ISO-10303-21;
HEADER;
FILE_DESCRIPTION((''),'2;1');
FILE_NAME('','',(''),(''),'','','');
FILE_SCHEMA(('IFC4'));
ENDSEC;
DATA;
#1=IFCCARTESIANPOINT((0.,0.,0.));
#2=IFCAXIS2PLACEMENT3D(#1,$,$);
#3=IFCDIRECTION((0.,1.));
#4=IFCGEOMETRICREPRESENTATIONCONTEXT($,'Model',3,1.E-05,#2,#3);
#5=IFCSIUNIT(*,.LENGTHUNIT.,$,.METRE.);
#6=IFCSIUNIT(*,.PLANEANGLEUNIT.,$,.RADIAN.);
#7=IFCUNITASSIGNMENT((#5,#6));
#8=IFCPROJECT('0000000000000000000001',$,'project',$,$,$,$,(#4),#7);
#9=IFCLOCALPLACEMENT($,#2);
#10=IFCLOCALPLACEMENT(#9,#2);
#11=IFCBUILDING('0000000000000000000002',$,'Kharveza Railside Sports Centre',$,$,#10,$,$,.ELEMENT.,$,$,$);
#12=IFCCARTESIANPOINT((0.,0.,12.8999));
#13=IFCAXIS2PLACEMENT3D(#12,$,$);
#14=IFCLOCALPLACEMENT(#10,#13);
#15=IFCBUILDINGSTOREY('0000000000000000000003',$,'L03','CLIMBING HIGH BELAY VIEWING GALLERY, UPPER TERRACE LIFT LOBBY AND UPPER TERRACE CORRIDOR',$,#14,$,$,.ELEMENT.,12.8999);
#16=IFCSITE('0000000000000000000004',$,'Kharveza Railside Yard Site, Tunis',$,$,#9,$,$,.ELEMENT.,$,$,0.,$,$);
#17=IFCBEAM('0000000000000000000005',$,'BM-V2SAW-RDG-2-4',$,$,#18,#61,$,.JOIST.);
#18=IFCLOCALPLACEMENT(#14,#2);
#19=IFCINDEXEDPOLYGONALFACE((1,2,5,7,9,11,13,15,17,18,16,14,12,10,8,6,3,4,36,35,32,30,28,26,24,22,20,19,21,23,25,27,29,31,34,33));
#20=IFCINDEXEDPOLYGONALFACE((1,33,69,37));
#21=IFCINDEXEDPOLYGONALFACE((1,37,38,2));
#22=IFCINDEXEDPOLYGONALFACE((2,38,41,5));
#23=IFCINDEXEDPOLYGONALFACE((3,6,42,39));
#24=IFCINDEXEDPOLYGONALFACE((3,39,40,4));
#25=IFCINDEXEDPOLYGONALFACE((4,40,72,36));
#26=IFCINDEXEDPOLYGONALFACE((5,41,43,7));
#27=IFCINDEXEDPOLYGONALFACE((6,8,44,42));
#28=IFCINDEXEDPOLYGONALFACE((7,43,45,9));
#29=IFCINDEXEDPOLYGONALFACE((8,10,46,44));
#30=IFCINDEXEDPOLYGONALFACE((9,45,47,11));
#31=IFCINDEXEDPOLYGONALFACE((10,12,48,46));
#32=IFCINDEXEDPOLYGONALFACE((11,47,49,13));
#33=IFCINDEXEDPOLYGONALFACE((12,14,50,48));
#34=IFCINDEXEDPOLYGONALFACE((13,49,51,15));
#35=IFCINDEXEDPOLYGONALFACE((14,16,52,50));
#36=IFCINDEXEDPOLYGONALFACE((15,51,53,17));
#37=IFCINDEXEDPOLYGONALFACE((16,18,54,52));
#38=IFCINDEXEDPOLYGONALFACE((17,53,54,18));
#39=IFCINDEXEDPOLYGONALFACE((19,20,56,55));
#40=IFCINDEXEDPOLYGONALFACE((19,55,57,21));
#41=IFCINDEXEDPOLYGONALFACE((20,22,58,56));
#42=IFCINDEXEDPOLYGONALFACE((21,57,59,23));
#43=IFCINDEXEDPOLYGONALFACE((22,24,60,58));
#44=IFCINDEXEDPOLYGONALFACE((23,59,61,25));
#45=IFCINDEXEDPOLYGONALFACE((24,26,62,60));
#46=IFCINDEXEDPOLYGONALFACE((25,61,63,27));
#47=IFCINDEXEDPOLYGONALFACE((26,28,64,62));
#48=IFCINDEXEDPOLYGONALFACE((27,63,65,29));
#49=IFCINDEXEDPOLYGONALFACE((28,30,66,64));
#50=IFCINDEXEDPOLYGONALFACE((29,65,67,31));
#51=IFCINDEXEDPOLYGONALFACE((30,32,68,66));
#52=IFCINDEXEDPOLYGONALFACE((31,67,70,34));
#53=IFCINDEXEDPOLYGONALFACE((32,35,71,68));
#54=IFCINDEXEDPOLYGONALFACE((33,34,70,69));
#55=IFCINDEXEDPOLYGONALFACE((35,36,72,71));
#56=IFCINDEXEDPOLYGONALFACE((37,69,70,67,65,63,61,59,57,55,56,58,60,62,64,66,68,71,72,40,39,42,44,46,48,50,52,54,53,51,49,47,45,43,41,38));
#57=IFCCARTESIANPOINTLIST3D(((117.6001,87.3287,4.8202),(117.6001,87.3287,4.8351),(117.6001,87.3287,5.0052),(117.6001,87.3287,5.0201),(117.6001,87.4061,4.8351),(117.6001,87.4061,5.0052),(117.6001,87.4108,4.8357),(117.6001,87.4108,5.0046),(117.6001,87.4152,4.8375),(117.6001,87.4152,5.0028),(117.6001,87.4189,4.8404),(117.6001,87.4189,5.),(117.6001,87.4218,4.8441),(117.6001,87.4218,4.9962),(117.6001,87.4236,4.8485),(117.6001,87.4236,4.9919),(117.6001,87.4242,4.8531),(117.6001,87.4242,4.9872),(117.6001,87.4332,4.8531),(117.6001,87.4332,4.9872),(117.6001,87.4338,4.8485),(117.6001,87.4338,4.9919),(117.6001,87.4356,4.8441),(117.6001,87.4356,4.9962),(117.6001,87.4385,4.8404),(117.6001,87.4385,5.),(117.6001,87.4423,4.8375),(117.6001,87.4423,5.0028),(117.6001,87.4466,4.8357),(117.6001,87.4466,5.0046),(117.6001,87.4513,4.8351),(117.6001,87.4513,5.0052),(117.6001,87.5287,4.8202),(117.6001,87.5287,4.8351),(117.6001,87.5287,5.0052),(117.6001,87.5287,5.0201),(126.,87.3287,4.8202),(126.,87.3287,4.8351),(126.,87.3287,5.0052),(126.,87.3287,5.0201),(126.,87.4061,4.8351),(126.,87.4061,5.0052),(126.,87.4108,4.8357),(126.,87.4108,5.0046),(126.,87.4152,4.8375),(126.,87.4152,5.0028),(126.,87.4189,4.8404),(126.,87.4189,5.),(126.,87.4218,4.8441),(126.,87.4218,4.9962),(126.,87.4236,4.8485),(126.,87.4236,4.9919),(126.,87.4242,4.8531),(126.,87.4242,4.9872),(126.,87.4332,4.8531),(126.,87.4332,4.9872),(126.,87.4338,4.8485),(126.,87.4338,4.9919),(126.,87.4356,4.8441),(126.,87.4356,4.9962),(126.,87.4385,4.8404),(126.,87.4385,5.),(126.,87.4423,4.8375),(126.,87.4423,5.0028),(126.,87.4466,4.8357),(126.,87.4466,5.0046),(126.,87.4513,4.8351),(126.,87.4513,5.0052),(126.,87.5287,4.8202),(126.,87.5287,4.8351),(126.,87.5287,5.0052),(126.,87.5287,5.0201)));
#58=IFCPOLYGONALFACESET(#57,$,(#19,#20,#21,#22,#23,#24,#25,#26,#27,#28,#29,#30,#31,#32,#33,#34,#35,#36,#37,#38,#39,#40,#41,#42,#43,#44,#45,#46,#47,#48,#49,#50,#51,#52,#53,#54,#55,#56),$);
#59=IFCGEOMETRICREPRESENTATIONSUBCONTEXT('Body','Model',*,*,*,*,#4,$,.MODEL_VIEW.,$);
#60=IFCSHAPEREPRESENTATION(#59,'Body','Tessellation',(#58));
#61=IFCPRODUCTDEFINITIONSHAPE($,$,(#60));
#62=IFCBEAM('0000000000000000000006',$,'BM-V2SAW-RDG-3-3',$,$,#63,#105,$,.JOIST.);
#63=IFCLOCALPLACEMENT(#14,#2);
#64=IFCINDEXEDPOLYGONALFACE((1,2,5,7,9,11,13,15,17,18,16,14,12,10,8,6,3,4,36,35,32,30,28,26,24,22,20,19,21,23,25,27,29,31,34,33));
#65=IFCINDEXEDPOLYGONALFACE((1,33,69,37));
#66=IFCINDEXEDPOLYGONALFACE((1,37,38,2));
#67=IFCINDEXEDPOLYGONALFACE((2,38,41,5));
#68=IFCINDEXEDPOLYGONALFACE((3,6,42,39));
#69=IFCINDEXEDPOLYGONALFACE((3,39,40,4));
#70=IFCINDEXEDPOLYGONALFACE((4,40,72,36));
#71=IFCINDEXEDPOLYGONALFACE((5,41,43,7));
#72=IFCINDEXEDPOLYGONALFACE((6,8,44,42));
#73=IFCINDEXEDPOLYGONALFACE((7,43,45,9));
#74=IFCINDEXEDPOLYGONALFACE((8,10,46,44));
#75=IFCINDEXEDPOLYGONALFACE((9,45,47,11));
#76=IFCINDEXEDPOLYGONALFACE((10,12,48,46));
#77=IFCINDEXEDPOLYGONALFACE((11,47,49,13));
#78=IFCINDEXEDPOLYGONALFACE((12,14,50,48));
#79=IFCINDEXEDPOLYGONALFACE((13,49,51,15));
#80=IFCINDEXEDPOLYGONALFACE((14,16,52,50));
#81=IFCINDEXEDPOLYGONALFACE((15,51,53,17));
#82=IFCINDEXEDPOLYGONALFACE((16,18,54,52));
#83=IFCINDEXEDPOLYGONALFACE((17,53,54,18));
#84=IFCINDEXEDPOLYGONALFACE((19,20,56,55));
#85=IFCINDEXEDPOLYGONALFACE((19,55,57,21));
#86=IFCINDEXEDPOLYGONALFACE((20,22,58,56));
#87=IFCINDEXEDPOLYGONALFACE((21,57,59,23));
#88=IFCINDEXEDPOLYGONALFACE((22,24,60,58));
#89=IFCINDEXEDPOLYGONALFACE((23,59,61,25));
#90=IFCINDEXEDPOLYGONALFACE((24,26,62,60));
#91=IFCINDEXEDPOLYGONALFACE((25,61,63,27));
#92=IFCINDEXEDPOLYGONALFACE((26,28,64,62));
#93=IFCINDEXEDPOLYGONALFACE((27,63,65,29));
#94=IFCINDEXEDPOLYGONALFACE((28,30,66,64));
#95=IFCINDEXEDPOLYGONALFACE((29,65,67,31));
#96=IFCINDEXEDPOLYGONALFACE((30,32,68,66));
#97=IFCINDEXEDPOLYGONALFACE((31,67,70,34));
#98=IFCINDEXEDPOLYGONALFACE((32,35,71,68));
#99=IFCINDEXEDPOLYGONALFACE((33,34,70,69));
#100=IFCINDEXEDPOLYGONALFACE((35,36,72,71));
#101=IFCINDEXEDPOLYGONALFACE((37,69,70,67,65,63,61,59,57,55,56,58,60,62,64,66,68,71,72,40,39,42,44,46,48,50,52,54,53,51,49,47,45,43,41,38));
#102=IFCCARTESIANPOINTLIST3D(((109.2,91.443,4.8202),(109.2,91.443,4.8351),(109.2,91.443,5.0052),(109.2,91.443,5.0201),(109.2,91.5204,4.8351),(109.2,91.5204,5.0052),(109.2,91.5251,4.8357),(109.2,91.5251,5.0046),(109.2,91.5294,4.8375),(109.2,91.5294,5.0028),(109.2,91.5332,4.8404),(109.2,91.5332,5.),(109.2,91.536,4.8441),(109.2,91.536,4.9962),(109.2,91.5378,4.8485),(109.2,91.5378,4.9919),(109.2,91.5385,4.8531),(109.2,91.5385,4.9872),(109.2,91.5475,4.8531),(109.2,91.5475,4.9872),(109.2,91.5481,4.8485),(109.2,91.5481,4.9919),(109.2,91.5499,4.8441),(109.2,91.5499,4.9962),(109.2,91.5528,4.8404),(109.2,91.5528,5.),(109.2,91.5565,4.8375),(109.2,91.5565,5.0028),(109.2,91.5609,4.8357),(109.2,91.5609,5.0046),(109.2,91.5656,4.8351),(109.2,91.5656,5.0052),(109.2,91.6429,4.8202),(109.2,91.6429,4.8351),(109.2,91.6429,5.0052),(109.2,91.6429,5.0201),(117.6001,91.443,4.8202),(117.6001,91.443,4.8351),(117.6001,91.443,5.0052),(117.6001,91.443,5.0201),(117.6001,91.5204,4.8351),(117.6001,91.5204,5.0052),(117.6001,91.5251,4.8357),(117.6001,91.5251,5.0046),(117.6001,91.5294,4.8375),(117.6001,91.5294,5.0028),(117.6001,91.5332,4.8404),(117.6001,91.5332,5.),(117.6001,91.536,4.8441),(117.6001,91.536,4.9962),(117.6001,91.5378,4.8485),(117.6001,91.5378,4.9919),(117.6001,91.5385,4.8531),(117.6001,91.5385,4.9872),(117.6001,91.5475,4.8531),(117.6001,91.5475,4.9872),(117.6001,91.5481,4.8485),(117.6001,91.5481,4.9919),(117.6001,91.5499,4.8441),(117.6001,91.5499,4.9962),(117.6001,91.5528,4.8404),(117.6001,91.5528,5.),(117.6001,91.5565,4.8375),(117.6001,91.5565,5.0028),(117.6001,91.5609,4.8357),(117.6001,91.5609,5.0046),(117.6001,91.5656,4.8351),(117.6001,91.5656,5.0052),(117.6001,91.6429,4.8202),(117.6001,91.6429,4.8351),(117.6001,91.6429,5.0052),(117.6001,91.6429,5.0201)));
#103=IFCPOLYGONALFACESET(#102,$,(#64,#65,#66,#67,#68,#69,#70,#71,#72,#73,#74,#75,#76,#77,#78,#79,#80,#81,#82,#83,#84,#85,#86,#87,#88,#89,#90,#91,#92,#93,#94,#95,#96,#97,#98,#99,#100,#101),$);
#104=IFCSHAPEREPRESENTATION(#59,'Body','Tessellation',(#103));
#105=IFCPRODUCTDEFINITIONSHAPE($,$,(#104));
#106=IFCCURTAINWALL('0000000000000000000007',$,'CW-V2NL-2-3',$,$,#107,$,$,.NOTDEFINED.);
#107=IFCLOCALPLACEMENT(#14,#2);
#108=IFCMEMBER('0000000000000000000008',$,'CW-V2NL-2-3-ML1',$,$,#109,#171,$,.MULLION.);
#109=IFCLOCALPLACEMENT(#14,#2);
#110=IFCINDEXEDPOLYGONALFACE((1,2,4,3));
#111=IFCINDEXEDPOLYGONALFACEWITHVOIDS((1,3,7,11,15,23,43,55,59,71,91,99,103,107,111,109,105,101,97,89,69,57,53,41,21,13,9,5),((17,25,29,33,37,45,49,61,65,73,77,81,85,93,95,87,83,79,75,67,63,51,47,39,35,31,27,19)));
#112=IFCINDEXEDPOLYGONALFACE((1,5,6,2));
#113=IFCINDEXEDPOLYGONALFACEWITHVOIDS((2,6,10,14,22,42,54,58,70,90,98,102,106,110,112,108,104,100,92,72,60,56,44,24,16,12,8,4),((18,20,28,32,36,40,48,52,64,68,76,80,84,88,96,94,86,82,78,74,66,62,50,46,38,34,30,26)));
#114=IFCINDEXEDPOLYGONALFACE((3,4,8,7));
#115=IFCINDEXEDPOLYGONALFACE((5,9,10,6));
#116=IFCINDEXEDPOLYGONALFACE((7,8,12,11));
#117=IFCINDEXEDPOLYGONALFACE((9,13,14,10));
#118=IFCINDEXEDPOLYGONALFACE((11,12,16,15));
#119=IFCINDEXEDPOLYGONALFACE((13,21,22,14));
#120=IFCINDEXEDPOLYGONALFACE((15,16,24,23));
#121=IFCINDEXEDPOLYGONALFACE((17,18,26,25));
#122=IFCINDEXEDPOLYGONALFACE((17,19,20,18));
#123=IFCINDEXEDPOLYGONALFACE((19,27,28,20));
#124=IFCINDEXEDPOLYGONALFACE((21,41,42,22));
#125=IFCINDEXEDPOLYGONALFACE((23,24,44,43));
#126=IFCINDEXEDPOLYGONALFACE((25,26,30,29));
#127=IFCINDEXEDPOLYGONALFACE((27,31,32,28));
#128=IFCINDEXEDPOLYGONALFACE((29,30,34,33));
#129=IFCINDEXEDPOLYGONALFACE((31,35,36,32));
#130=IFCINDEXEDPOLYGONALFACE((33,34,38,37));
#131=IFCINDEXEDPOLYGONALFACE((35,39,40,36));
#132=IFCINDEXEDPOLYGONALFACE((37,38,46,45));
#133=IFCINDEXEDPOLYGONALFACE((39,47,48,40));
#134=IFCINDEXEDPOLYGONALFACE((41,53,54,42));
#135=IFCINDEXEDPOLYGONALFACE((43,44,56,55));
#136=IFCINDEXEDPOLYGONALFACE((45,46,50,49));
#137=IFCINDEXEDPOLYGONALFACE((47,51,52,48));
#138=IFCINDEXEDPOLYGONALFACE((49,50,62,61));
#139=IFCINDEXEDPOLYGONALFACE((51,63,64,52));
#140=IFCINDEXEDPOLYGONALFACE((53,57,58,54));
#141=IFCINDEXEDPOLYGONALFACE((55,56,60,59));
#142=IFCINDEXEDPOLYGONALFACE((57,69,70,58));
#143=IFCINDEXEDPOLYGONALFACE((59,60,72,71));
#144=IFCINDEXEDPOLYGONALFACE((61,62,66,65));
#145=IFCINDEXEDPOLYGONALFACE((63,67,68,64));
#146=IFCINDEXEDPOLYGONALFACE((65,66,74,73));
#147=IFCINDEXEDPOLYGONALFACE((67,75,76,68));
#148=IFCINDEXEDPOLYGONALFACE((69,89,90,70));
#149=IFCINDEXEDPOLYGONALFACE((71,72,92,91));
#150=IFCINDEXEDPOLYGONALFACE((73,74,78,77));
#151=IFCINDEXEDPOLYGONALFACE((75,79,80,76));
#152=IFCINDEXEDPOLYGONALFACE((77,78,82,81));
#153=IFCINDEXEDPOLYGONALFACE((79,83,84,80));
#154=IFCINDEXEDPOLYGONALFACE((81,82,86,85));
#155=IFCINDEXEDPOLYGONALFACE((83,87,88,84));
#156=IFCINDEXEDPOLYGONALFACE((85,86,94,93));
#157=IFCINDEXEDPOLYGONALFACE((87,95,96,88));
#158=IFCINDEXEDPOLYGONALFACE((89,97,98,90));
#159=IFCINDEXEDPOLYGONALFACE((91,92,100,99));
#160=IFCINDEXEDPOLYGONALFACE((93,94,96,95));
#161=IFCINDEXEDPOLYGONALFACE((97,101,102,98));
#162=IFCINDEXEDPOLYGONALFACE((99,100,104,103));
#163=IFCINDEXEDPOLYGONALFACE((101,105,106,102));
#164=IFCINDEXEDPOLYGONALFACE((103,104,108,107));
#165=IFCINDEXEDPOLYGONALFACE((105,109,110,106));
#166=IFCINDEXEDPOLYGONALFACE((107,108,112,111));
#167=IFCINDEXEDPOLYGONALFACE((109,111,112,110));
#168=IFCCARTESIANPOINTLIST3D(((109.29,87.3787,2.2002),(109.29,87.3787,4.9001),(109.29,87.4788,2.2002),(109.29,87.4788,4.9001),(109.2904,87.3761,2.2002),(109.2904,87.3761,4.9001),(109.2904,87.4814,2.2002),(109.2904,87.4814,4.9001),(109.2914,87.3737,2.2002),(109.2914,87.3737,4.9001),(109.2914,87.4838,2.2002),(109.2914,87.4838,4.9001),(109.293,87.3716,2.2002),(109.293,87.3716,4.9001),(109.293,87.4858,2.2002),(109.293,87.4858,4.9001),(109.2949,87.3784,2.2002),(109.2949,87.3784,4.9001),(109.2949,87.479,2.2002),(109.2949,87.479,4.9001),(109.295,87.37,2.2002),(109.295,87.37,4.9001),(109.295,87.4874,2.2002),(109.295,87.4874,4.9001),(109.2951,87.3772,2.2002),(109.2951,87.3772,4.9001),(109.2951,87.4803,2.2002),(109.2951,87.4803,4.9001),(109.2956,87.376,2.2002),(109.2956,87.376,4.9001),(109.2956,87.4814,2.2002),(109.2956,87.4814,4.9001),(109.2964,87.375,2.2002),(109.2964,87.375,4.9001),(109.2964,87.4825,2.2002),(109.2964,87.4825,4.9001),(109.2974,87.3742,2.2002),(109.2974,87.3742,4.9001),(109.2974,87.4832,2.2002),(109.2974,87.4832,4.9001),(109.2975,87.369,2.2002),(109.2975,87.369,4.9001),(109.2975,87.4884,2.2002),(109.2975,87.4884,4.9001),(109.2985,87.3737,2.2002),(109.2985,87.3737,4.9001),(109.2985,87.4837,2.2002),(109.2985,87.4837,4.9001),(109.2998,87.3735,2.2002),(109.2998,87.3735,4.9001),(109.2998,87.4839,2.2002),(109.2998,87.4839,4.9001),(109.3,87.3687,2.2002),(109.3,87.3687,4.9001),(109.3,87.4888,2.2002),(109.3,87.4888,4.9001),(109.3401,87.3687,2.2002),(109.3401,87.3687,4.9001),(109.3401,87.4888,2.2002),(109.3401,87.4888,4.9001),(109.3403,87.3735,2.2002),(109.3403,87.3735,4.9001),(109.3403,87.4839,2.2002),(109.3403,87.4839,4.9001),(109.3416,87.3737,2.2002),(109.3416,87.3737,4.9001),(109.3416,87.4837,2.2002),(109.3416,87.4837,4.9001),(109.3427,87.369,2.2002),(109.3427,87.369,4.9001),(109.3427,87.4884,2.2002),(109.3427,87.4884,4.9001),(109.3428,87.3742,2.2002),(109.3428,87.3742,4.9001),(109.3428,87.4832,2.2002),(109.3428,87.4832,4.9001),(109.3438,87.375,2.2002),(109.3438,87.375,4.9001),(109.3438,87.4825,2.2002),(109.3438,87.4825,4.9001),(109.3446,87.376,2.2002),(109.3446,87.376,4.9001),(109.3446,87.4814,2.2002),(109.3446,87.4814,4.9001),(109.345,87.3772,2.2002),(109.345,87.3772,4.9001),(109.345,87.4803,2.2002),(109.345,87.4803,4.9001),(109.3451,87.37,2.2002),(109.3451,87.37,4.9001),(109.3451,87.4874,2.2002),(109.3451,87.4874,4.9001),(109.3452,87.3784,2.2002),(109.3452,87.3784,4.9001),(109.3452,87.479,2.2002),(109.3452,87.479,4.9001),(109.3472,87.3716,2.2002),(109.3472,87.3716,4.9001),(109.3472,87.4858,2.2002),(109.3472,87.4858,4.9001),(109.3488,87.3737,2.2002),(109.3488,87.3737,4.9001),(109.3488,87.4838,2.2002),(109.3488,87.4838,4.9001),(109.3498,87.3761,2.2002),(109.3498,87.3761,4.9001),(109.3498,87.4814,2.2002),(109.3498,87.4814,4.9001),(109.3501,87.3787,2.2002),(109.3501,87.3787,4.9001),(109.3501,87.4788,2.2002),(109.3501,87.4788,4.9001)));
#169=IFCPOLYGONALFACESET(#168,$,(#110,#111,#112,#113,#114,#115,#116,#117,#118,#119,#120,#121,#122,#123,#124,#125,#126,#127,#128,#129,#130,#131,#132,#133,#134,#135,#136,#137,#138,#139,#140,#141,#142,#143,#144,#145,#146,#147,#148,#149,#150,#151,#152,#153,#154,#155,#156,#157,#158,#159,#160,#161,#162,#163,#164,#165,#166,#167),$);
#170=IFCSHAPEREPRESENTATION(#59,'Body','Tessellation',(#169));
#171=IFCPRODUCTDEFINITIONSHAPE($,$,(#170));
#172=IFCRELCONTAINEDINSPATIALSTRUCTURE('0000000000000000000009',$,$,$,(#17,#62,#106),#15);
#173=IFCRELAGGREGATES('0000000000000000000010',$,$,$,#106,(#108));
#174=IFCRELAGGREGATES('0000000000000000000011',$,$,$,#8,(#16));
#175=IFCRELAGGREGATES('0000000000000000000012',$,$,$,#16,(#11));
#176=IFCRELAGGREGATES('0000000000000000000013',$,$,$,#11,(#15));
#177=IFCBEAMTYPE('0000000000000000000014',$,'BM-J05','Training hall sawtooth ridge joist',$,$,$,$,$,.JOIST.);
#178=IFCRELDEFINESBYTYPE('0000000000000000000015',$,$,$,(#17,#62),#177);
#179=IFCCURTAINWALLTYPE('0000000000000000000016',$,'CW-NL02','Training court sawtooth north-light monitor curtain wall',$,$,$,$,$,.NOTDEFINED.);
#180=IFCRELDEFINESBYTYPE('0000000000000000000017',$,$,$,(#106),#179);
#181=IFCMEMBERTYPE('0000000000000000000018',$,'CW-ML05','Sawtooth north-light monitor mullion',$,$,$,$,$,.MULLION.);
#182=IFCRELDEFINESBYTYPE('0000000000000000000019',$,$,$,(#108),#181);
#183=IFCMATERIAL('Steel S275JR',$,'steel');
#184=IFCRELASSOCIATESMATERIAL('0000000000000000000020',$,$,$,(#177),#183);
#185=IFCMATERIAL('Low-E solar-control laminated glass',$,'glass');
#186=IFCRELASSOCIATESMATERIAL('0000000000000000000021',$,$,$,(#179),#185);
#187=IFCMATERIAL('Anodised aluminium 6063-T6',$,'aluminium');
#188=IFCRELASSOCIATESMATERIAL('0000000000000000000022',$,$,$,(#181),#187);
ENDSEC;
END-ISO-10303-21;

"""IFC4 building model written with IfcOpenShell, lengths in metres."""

from ifc_helpers import new_model, si_unit, direction, frame, origin, origin_2d, place, context, subcontext, project, spatial, hollow_rectangle, i_section, extrude, material, material_profile, profile_set, type_object, element, aggregate, save


model = new_model("IFC4")

# Units and contexts
model_context = context("Model", 3, precision=1e-05, world=origin(), true_north=direction((0.0, 1.0)))
body_context = subcontext(model_context, "Body", "Model", "MODEL_VIEW")
ifc_project = project(units=[si_unit("LENGTHUNIT", "METRE"), si_unit("PLANEANGLEUNIT", "RADIAN")], contexts=[model_context])

# Site, building, storey
site_placement = place(None, origin())
site = spatial("IfcSite", under=ifc_project, at=site_placement, Name="Kharveza Railside Yard Site, Tunis", CompositionType="ELEMENT", RefElevation=0.0)
building_placement = place(site_placement, origin())
building = spatial("IfcBuilding", under=site, at=building_placement, Name="Kharveza Railside Sports Centre", CompositionType="ELEMENT")
storey_placement = place(building_placement, frame((0.0, 0.0, 12.8999)))
storey = spatial("IfcBuildingStorey", under=building, at=storey_placement, Name="L03", Description="CLIMBING HIGH BELAY VIEWING GALLERY, UPPER TERRACE LIFT LOBBY AND UPPER TERRACE CORRIDOR", CompositionType="ELEMENT", Elevation=12.8999)

# Beams
ifc_material_1 = material(Name="Steel S275JR", Category="steel")
ifc_material_profile_1 = material_profile(ifc_material_1, i_section(OverallWidth=0.2, OverallDepth=0.2, WebThickness=0.009, FlangeThickness=0.0149, FilletRadius=0.0181, at=origin_2d()), Name="HEB 200")
ifc_profile_set_1 = profile_set([ifc_material_profile_1], Name="Steel S275JR")
beam_type_1 = type_object("IfcBeamType", Name="BM-J05", Description="Training hall sawtooth ridge joist", PredefinedType="JOIST", material=ifc_profile_set_1)
beam_1_placement = place(storey_placement, frame((117.6001, 87.4287, 4.9202), z_axis=(1.0, 0.0, 0.0), x_axis=(0.0, 1.0, 0.0)))
element("IfcBeam", 1, at=beam_1_placement, inside=storey, type_object=beam_type_1, Name="BM-V2SAW-RDG-2-4", PredefinedType="JOIST", context=body_context, shape_type="SweptSolid", body=[
    extrude(i_section(OverallWidth=0.2, OverallDepth=0.2, WebThickness=0.009, FlangeThickness=0.0149, FilletRadius=0.0181, at=origin_2d()), origin(), (0.0, 0.0, 1.0), 8.3999),
])
beam_2_placement = place(storey_placement, frame((109.2, 91.543, 4.9202), z_axis=(1.0, 0.0, 0.0), x_axis=(0.0, 1.0, 0.0)))
element("IfcBeam", 2, at=beam_2_placement, inside=storey, type_object=beam_type_1, Name="BM-V2SAW-RDG-3-3", PredefinedType="JOIST", context=body_context, shape_type="SweptSolid", body=[
    extrude(i_section(OverallWidth=0.2, OverallDepth=0.2, WebThickness=0.009, FlangeThickness=0.0149, FilletRadius=0.0181, at=origin_2d()), origin(), (0.0, 0.0, 1.0), 8.4001),
])

# Curtain wall, member
ifc_material_2 = material(Name="Low-E solar-control laminated glass", Category="glass")
curtain_wall_type = type_object("IfcCurtainWallType", Name="CW-NL02", Description="Training court sawtooth north-light monitor curtain wall", PredefinedType="NOTDEFINED", material=ifc_material_2)
curtain_wall_placement = place(storey_placement, origin())
curtain_wall = element("IfcCurtainWall", 3, at=curtain_wall_placement, inside=storey, type_object=curtain_wall_type, Name="CW-V2NL-2-3", PredefinedType="NOTDEFINED")
ifc_material_3 = material(Name="Anodised aluminium 6063-T6", Category="aluminium")
ifc_material_profile_2 = material_profile(ifc_material_3, hollow_rectangle(XDim=0.0601, YDim=0.1201, WallThickness=0.0049, InnerFilletRadius=0.0049, OuterFilletRadius=0.01, at=origin_2d()), Name="RHS 60x120x5.0")
ifc_profile_set_2 = profile_set([ifc_material_profile_2], Name="Anodised aluminium 6063-T6")
member_type_1 = type_object("IfcMemberType", Name="CW-ML05", Description="Sawtooth north-light monitor mullion", PredefinedType="MULLION", material=ifc_profile_set_2)
member_1_placement = place(storey_placement, frame((109.3201, 87.4287, 2.2002), z_axis=(0.0, 0.0, 1.0), x_axis=(1.0, 0.0, 0.0)))
member_1 = element("IfcMember", 4, at=member_1_placement, type_object=member_type_1, Name="CW-V2NL-2-3-ML1", PredefinedType="MULLION", context=body_context, shape_type="SweptSolid", body=[
    extrude(hollow_rectangle(XDim=0.0601, YDim=0.1201, WallThickness=0.0049, InnerFilletRadius=0.0049, OuterFilletRadius=0.01, at=origin_2d()), origin(), (0.0, 0.0, 1.0), 2.7),
])

aggregate(curtain_wall, [member_1])

save(model, "model.ifc")
